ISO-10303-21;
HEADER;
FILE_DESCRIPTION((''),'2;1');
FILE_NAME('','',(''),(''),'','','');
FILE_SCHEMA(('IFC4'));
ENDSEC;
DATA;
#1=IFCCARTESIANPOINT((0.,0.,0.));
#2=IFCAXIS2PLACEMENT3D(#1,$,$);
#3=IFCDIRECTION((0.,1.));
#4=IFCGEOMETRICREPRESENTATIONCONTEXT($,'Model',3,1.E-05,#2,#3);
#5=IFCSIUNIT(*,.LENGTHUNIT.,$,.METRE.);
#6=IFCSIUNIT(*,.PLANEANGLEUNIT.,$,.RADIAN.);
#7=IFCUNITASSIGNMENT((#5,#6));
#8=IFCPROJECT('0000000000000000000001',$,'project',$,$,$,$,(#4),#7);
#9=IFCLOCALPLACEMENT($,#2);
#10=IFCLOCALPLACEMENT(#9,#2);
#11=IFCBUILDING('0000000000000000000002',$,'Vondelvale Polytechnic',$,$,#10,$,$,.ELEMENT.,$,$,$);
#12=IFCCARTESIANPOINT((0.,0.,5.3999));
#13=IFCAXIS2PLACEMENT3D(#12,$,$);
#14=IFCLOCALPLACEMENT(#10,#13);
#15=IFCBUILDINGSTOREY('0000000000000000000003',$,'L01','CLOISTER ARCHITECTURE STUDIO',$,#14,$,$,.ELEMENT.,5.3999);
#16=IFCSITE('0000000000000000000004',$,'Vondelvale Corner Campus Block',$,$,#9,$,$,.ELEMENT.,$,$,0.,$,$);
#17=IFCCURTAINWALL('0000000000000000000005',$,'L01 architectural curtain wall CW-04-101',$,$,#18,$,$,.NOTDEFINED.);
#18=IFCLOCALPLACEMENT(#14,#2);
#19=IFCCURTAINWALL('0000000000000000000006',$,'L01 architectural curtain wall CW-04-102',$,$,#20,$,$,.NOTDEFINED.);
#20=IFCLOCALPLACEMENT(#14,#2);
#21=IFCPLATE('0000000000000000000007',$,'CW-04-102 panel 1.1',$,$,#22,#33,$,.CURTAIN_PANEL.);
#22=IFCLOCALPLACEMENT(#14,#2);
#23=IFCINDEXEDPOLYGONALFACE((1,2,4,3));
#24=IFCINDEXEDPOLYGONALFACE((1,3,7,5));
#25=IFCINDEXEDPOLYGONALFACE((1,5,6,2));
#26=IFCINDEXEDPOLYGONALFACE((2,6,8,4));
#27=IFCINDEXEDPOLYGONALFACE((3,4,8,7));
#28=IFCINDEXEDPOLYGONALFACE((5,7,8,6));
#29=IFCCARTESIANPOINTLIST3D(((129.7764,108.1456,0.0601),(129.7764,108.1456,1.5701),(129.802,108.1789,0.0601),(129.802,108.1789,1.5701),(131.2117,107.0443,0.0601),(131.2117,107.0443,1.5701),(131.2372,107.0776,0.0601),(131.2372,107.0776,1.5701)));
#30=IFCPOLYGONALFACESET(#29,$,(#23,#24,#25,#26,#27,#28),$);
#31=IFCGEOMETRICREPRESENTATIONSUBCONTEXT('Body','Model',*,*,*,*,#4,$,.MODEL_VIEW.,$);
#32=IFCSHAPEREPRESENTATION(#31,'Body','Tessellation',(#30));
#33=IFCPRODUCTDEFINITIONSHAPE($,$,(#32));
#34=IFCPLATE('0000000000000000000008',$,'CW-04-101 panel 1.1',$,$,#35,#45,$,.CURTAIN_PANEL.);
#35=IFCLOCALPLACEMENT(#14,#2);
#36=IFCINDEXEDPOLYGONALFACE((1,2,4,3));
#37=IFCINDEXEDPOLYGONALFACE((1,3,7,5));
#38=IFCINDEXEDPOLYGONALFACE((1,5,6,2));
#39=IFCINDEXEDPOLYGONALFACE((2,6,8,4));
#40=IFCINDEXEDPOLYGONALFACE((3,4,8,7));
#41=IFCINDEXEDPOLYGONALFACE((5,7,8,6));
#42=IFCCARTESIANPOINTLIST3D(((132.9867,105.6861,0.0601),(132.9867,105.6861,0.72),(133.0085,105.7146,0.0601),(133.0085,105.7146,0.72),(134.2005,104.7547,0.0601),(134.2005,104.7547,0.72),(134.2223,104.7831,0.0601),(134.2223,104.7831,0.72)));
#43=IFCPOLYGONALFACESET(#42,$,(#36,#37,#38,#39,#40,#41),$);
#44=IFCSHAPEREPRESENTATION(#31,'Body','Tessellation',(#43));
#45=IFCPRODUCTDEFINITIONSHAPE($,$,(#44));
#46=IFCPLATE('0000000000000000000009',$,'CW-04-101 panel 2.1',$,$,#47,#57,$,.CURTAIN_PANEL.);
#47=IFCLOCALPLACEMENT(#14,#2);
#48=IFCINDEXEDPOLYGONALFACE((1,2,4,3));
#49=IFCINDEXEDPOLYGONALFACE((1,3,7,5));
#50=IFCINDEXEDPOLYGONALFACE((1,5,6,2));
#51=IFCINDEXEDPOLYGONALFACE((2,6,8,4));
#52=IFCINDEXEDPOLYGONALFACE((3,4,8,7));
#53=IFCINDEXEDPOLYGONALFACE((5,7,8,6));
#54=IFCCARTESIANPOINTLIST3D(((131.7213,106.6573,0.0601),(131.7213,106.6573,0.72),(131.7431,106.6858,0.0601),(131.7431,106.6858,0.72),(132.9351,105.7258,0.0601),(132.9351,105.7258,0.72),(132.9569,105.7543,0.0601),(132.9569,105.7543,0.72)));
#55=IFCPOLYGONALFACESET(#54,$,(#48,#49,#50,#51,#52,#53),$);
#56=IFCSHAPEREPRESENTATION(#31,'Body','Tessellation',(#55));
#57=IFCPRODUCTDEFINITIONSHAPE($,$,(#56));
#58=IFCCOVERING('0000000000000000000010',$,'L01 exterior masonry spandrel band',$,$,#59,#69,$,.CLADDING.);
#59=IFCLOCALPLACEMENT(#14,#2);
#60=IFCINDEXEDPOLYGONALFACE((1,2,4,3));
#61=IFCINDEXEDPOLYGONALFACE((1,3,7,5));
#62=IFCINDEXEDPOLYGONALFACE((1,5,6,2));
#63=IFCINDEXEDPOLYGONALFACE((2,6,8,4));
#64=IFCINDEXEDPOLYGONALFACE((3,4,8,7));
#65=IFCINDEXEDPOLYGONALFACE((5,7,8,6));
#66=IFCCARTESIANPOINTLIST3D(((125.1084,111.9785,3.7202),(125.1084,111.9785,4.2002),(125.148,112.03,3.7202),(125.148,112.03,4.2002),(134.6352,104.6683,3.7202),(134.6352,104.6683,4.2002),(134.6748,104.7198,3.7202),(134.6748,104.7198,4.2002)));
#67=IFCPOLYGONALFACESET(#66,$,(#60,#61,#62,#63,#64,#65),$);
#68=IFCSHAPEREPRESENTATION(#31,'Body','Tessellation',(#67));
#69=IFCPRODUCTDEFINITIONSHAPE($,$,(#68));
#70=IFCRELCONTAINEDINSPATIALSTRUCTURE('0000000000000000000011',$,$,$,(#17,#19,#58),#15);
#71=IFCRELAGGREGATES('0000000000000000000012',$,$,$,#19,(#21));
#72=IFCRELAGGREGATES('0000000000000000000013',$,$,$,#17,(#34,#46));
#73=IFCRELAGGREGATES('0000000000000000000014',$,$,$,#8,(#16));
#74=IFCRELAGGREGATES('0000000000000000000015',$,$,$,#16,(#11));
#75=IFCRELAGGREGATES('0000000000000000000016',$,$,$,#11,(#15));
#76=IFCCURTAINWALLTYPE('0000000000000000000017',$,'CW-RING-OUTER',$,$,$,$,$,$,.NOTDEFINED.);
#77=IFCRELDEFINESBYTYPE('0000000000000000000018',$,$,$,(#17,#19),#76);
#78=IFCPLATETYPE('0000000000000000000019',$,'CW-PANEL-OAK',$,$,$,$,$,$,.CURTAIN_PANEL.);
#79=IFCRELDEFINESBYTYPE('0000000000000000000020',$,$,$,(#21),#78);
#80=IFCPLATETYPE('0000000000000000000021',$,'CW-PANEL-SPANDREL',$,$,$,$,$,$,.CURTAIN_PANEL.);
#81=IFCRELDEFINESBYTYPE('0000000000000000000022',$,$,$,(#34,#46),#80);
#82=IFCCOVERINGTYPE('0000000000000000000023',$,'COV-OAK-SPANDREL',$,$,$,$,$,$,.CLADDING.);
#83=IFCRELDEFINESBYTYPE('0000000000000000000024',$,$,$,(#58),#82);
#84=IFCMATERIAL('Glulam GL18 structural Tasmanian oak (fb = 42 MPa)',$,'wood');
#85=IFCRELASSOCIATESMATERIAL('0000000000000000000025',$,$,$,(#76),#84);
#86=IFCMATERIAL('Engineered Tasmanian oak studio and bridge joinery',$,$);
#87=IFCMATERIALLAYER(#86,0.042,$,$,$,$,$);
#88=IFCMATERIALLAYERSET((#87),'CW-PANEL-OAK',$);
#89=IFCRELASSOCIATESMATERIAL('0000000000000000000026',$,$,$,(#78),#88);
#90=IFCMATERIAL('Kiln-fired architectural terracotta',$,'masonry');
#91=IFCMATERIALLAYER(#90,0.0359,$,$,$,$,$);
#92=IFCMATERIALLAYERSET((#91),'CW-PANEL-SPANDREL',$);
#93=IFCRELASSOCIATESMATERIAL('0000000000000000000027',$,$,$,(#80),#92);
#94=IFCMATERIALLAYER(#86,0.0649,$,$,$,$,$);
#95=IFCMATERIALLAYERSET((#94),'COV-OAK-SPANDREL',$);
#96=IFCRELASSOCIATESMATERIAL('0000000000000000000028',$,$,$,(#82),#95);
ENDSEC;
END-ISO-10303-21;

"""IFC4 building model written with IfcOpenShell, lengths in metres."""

from ifc_helpers import new_model, si_unit, direction, frame, origin, origin_2d, place, context, subcontext, project, spatial, rectangle, extrude, material, layer, layer_set, type_object, element, aggregate, save


model = new_model("IFC4")

# Units and contexts
model_context = context("Model", 3, precision=1e-05, world=origin(), true_north=direction((0.0, 1.0)))
body_context = subcontext(model_context, "Body", "Model", "MODEL_VIEW")
ifc_project = project(units=[si_unit("LENGTHUNIT", "METRE"), si_unit("PLANEANGLEUNIT", "RADIAN")], contexts=[model_context])

# Site, building, storey
site_placement = place(None, origin())
site = spatial("IfcSite", under=ifc_project, at=site_placement, Name="Vondelvale Corner Campus Block", CompositionType="ELEMENT", RefElevation=0.0)
building_placement = place(site_placement, origin())
building = spatial("IfcBuilding", under=site, at=building_placement, Name="Vondelvale Polytechnic", CompositionType="ELEMENT")
storey_placement = place(building_placement, frame((0.0, 0.0, 5.3999)))
storey = spatial("IfcBuildingStorey", under=building, at=storey_placement, Name="L01", Description="CLOISTER ARCHITECTURE STUDIO", CompositionType="ELEMENT", Elevation=5.3999)

# Shared definitions
ifc_material_1 = material(Name="Glulam GL18 structural Tasmanian oak (fb = 42 MPa)", Category="wood")

# Curtain walls
curtain_wall_type = type_object("IfcCurtainWallType", Name="CW-RING-OUTER", PredefinedType="NOTDEFINED", material=ifc_material_1)
curtain_wall_1_placement = place(storey_placement, origin())
curtain_wall_1 = element("IfcCurtainWall", 1, at=curtain_wall_1_placement, inside=storey, type_object=curtain_wall_type, Name="L01 architectural curtain wall CW-04-101", PredefinedType="NOTDEFINED")
curtain_wall_2_placement = place(storey_placement, origin())
curtain_wall_2 = element("IfcCurtainWall", 2, at=curtain_wall_2_placement, inside=storey, type_object=curtain_wall_type, Name="L01 architectural curtain wall CW-04-102", PredefinedType="NOTDEFINED")

# Plates
ifc_material_2 = material(Name="Engineered Tasmanian oak studio and bridge joinery")
ifc_layer_1 = layer(ifc_material_2, 0.042)
ifc_layer_set_1 = layer_set([ifc_layer_1], Name="CW-PANEL-OAK")
plate_type_1 = type_object("IfcPlateType", Name="CW-PANEL-OAK", PredefinedType="CURTAIN_PANEL", material=ifc_layer_set_1)
plate_1_placement = place(storey_placement, frame((130.5068, 107.6116, 0.0601), z_axis=(0.0, 0.0, 1.0), x_axis=(-0.793346, 0.608771, 0.0)))
plate_1 = element("IfcPlate", 3, at=plate_1_placement, type_object=plate_type_1, Name="CW-04-102 panel 1.1", PredefinedType="CURTAIN_PANEL", context=body_context, shape_type="SweptSolid", body=[
    extrude(rectangle(XDim=1.8091, YDim=0.042, at=origin_2d()), origin(), (0.0, 0.0, 1.0), 1.51),
])
aggregate(curtain_wall_2, [plate_1])
ifc_material_3 = material(Name="Kiln-fired architectural terracotta", Category="masonry")
ifc_layer_2 = layer(ifc_material_3, 0.0359)
ifc_layer_set_2 = layer_set([ifc_layer_2], Name="CW-PANEL-SPANDREL")
plate_type_2 = type_object("IfcPlateType", Name="CW-PANEL-SPANDREL", PredefinedType="CURTAIN_PANEL", material=ifc_layer_set_2)
plate_2_placement = place(storey_placement, frame((133.6045, 105.2346, 0.0601), z_axis=(0.0, 0.0, 1.0), x_axis=(-0.793334, 0.608787, 0.0)))
plate_2 = element("IfcPlate", 4, at=plate_2_placement, type_object=plate_type_2, Name="CW-04-101 panel 1.1", PredefinedType="CURTAIN_PANEL", context=body_context, shape_type="SweptSolid", body=[
    extrude(rectangle(XDim=1.53, YDim=0.0359, at=origin_2d()), origin(), (0.0, 0.0, 1.0), 0.6599),
])
plate_3_placement = place(storey_placement, frame((132.3391, 106.2058, 0.0601), z_axis=(0.0, 0.0, 1.0), x_axis=(-0.793334, 0.608787, 0.0)))
plate_3 = element("IfcPlate", 5, at=plate_3_placement, type_object=plate_type_2, Name="CW-04-101 panel 2.1", PredefinedType="CURTAIN_PANEL", context=body_context, shape_type="SweptSolid", body=[
    extrude(rectangle(XDim=1.53, YDim=0.0359, at=origin_2d()), origin(), (0.0, 0.0, 1.0), 0.6599),
])
aggregate(curtain_wall_1, [plate_2, plate_3])

# Covering
ifc_layer_3 = layer(ifc_material_2, 0.0649)
ifc_layer_set_3 = layer_set([ifc_layer_3], Name="COV-OAK-SPANDREL")
covering_type = type_object("IfcCoveringType", Name="COV-OAK-SPANDREL", PredefinedType="CLADDING", material=ifc_layer_set_3)
covering_placement = place(storey_placement, frame((129.8916, 108.3491, 3.7202), z_axis=(0.0, 0.0, 1.0), x_axis=(-0.793353, 0.608761, 0.0)))
element("IfcCovering", 6, at=covering_placement, inside=storey, type_object=covering_type, Name="L01 exterior masonry spandrel band", PredefinedType="CLADDING", context=body_context, shape_type="SweptSolid", body=[
    extrude(rectangle(XDim=12.0083, YDim=0.0649, at=origin_2d()), origin(), (0.0, 0.0, 1.0), 0.48),
])

save(model, "model.ifc")
